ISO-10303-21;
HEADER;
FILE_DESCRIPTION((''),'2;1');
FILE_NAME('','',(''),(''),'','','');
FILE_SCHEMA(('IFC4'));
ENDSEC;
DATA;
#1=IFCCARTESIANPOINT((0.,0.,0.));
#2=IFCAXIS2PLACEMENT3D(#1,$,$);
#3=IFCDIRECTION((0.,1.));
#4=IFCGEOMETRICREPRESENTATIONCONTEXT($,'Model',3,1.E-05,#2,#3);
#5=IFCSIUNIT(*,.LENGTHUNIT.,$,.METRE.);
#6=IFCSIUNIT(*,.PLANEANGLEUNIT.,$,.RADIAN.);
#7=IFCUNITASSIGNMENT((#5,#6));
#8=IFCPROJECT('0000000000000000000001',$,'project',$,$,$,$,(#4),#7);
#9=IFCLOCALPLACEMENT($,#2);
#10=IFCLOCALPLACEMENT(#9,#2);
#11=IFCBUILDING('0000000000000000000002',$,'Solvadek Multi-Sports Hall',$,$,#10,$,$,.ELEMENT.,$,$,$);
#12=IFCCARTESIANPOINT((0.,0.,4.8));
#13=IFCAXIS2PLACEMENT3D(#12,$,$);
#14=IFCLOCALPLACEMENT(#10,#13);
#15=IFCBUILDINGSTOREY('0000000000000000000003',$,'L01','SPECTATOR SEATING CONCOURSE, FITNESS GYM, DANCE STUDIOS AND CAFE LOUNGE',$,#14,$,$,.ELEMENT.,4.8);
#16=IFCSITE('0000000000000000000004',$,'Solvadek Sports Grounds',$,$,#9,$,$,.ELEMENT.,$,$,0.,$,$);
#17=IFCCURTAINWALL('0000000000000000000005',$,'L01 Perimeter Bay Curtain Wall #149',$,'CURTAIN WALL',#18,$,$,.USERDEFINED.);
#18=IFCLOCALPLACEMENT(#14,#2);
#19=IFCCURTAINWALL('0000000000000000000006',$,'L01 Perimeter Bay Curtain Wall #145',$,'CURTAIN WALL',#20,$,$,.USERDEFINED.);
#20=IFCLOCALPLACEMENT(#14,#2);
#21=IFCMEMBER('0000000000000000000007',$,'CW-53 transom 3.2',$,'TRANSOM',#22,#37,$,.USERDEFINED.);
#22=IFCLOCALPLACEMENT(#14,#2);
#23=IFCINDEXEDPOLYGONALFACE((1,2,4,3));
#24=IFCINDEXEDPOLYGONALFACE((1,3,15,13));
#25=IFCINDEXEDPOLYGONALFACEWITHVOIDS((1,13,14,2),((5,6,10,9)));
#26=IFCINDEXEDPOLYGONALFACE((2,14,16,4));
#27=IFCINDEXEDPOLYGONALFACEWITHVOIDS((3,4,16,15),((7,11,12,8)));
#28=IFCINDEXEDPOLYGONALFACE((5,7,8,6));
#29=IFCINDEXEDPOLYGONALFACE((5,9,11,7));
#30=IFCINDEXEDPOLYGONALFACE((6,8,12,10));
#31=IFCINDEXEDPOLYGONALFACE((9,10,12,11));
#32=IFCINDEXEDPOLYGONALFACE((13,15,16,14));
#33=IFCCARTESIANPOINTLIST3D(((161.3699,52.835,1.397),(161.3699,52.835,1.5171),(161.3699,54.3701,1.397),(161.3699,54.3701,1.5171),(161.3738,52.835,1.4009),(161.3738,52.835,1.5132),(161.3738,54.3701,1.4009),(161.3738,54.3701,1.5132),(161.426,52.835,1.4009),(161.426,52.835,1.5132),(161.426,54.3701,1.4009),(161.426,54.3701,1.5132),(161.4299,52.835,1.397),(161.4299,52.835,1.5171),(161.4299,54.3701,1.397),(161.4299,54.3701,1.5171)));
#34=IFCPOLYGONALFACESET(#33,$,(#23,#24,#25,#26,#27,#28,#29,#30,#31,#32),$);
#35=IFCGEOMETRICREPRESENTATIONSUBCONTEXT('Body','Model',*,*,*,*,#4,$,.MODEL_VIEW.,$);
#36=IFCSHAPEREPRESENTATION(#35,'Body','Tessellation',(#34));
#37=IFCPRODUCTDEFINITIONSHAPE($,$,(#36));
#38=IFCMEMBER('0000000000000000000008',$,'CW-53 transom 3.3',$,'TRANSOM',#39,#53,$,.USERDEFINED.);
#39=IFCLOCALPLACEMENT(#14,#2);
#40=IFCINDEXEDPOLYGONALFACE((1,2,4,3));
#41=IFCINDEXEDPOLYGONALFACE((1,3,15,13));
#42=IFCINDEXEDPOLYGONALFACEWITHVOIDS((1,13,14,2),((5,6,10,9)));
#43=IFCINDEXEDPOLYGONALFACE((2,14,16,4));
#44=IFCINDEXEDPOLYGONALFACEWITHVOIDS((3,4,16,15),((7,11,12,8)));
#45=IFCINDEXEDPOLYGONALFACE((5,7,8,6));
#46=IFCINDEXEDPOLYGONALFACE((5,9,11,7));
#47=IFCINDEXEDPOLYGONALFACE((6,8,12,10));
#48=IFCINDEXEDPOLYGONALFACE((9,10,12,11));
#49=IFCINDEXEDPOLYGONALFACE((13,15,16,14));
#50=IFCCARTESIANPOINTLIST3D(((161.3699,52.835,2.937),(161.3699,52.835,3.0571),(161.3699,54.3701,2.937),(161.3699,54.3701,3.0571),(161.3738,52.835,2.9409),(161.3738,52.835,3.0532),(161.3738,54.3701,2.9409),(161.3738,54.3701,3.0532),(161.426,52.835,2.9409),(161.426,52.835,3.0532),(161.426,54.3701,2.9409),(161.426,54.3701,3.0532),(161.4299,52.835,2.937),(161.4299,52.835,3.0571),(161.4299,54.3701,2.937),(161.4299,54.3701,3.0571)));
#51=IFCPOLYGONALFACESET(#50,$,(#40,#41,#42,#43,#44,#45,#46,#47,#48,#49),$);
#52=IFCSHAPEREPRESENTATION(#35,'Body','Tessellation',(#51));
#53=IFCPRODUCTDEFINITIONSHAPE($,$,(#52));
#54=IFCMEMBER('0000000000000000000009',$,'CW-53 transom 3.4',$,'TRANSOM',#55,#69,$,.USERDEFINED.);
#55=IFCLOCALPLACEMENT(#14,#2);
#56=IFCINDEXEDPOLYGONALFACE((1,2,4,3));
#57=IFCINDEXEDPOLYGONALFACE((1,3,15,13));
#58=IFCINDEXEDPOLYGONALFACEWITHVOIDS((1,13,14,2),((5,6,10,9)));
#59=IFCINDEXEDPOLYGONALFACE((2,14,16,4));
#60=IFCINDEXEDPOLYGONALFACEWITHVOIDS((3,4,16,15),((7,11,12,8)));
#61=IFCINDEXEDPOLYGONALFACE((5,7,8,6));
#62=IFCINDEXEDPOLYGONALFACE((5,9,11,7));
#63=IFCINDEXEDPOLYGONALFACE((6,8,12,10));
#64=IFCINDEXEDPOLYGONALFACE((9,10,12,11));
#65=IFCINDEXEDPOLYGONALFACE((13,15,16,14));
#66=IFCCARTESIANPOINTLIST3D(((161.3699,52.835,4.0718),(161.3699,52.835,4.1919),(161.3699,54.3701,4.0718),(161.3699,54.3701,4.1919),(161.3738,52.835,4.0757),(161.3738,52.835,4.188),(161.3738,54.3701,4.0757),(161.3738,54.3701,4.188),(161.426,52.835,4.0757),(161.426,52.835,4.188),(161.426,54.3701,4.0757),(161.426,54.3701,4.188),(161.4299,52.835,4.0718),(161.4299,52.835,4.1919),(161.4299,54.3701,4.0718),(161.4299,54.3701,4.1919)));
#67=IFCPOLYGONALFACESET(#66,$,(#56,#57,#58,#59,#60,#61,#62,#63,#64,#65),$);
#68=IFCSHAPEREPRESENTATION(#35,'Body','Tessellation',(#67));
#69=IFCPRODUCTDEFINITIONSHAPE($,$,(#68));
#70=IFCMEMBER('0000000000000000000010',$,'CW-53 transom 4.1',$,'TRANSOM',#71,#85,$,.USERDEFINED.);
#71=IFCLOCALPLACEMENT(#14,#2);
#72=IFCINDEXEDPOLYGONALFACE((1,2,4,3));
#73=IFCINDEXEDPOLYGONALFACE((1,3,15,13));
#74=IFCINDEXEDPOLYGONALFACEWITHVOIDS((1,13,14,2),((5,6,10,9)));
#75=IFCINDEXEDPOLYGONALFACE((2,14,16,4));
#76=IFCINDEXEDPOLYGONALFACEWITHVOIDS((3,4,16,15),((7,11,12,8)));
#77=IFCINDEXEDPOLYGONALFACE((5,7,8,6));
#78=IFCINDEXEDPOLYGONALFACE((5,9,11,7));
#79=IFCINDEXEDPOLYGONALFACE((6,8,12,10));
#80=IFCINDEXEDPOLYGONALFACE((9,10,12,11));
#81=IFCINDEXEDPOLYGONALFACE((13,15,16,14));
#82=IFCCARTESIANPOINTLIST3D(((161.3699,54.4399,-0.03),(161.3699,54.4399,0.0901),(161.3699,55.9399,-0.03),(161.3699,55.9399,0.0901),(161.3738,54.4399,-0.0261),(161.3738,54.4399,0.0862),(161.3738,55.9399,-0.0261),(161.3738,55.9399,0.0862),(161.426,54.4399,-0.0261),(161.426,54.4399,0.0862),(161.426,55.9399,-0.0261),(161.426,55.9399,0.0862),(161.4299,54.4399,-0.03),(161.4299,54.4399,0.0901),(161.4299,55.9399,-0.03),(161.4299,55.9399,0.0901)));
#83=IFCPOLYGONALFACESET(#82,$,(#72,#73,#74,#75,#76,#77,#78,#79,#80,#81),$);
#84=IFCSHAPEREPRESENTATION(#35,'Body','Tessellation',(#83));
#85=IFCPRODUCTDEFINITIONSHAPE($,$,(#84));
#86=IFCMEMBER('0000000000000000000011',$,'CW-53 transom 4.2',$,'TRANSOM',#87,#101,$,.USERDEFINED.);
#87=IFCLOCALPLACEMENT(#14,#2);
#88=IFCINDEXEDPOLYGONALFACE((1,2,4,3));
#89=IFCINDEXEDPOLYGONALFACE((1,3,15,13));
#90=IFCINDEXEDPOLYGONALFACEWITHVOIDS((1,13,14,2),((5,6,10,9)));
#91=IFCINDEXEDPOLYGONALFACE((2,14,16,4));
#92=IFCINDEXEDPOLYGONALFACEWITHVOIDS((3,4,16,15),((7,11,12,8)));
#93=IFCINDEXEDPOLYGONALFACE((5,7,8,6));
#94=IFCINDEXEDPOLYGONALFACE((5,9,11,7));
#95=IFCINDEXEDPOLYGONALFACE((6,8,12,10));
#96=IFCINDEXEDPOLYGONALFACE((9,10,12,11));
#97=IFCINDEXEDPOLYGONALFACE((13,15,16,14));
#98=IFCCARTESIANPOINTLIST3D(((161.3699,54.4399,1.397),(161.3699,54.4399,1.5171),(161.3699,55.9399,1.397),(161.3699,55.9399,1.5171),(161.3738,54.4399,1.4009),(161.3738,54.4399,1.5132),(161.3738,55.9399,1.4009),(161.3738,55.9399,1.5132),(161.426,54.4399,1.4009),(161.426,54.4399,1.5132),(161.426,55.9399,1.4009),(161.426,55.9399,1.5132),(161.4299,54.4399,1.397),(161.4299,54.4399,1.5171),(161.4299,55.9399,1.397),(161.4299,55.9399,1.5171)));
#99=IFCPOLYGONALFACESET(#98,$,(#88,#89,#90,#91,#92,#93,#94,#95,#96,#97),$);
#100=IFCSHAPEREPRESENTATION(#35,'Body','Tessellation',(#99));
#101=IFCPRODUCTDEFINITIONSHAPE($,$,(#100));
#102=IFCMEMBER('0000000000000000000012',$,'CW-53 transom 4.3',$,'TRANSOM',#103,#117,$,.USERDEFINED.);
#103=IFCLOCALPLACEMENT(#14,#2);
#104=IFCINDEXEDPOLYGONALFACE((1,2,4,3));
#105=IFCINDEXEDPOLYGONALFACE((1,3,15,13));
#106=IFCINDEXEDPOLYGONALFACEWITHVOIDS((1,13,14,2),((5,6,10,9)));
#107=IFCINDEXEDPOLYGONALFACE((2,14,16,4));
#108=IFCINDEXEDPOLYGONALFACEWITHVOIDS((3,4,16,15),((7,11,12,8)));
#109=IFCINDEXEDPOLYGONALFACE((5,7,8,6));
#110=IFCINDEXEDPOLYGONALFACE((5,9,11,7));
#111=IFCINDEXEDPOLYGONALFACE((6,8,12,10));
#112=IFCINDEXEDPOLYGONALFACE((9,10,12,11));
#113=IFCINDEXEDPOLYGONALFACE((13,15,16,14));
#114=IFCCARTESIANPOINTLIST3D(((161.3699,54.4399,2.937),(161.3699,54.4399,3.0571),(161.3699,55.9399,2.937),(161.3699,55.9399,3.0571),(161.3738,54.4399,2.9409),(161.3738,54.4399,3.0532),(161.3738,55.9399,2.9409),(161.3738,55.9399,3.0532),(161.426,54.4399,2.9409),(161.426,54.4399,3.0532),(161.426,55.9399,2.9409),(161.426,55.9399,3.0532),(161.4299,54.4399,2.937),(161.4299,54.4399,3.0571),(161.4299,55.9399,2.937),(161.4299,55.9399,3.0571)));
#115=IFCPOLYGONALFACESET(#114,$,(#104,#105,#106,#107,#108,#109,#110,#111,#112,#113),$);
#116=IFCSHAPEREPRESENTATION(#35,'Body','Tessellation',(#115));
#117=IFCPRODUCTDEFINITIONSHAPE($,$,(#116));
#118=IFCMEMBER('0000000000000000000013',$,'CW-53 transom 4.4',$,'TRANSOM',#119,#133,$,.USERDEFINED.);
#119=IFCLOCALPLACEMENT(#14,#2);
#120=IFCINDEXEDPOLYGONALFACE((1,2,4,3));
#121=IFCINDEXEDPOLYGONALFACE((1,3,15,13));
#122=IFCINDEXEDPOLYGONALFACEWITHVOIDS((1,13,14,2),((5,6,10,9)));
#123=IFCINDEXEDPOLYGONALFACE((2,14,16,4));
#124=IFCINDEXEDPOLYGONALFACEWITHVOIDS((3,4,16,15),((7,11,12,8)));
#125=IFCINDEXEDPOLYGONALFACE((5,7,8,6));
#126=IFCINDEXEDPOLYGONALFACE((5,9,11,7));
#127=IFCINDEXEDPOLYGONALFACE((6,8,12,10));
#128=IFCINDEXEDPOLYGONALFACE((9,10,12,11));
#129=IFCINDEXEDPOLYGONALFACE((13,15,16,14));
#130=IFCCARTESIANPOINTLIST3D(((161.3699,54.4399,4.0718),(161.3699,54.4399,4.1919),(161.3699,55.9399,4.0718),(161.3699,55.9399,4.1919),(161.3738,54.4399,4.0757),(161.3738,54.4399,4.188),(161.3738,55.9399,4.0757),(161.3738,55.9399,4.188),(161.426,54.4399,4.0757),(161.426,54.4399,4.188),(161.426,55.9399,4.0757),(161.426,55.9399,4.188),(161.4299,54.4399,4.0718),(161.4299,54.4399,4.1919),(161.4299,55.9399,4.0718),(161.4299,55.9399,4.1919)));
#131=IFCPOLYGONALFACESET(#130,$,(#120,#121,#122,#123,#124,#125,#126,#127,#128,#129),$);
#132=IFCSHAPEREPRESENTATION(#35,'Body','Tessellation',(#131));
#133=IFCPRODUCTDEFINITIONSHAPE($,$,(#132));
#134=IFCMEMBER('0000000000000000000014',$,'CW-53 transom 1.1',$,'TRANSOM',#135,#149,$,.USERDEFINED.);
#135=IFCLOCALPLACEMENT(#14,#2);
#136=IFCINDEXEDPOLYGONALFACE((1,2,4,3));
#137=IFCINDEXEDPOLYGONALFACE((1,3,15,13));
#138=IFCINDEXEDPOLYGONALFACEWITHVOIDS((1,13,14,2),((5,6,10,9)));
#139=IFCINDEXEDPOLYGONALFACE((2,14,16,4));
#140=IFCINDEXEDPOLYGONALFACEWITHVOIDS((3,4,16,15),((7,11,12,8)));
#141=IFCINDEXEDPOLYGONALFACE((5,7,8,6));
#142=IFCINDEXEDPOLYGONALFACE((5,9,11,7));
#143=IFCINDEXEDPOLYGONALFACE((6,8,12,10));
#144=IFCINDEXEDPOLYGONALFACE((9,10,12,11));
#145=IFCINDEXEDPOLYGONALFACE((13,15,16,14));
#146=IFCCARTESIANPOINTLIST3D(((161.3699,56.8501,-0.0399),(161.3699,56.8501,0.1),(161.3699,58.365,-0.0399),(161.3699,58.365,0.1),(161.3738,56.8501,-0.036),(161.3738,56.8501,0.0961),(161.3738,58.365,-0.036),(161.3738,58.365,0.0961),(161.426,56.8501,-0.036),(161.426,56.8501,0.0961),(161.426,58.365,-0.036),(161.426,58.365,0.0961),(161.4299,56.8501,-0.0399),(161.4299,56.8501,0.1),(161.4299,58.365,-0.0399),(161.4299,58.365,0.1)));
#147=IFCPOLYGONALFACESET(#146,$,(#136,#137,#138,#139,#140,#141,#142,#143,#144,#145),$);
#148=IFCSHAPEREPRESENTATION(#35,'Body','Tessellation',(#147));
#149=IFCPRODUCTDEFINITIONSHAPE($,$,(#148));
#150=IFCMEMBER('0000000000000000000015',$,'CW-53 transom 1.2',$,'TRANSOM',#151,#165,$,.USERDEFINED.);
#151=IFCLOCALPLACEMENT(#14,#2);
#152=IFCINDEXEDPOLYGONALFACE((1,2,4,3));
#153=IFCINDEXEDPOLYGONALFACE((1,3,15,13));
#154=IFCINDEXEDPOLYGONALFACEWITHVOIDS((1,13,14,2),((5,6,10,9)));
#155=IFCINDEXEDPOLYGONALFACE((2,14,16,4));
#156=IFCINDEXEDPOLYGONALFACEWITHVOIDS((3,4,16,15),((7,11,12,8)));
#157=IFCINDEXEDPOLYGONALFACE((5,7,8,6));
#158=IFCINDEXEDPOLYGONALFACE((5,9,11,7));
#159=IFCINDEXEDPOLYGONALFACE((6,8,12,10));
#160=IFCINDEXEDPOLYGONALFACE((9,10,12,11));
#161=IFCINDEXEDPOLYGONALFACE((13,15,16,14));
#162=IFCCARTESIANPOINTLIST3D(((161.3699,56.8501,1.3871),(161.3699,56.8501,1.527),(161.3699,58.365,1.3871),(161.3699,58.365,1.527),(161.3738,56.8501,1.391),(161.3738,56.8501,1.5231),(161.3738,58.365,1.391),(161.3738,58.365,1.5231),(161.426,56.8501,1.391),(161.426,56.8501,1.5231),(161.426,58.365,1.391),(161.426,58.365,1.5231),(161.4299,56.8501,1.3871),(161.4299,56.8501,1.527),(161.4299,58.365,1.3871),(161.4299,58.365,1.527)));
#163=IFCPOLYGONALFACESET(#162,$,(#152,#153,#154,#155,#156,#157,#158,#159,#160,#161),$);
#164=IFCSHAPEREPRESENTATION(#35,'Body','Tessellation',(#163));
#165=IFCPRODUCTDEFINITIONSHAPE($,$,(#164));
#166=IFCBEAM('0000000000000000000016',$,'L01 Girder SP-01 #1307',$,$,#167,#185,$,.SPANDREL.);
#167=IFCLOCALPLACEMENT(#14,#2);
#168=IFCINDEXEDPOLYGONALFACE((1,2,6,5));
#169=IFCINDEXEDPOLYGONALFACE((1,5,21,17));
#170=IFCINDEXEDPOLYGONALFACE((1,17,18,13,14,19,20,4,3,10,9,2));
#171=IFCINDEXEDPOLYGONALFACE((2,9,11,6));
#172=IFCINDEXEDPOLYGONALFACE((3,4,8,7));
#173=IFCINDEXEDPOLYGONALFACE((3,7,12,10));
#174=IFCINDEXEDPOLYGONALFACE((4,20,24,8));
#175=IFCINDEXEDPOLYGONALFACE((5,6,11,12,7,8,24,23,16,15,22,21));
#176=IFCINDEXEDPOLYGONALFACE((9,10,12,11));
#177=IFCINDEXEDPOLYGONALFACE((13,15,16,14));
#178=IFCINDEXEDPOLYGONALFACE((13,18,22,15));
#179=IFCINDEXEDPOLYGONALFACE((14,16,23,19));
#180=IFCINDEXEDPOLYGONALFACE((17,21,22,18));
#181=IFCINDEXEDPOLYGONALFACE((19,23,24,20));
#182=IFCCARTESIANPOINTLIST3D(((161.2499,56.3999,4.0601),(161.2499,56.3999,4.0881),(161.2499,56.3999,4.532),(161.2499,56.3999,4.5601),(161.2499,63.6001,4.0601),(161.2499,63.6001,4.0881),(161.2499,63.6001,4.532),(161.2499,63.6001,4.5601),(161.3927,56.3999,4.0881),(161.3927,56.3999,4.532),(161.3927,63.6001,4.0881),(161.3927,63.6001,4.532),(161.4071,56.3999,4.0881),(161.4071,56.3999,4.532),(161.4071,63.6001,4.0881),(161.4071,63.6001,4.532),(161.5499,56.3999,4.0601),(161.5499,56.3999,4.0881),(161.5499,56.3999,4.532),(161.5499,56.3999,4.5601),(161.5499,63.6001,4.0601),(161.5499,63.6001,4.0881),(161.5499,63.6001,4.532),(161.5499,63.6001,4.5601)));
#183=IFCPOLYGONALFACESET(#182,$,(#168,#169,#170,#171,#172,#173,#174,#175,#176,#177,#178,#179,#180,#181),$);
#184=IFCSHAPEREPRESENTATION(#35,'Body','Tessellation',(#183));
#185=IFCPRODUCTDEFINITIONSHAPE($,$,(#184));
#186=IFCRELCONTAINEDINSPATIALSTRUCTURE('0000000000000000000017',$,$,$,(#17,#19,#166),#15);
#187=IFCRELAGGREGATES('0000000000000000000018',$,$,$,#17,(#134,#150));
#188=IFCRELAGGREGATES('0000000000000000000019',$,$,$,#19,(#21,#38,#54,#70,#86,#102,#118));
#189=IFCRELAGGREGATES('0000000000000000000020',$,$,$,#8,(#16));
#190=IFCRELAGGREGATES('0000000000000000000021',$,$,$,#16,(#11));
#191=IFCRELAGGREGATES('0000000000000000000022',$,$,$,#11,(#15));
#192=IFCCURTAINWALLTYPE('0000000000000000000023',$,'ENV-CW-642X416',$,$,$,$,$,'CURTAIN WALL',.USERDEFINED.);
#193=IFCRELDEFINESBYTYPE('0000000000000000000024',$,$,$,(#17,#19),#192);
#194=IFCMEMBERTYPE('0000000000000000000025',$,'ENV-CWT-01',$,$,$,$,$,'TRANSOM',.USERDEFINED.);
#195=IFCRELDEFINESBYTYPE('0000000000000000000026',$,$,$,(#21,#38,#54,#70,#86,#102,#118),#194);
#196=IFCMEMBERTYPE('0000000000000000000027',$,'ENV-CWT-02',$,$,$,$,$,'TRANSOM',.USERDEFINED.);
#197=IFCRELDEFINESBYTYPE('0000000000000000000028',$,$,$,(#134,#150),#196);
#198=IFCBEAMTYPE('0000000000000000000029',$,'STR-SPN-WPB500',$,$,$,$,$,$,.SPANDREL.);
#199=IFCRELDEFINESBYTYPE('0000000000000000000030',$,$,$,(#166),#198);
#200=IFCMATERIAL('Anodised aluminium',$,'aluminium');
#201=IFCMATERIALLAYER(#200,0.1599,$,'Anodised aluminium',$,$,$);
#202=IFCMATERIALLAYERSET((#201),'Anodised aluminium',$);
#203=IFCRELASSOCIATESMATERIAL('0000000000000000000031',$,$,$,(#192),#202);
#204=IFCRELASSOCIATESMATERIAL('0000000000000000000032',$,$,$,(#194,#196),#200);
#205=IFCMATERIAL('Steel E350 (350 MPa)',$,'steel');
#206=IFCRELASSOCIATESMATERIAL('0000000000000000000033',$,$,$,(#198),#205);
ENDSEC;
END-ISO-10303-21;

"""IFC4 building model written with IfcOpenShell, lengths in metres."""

from ifc_helpers import new_model, si_unit, direction, frame, origin, origin_2d, place, context, subcontext, project, spatial, hollow_rectangle, i_section, extrude, material, layer, layer_set, material_profile, profile_set, type_object, element, aggregate, save


model = new_model("IFC4")

# Units and contexts
model_context = context("Model", 3, precision=1e-05, world=origin(), true_north=direction((0.0, 1.0)))
body_context = subcontext(model_context, "Body", "Model", "MODEL_VIEW")
ifc_project = project(units=[si_unit("LENGTHUNIT", "METRE"), si_unit("PLANEANGLEUNIT", "RADIAN")], contexts=[model_context])

# Site, building, storey
site_placement = place(None, origin())
site = spatial("IfcSite", under=ifc_project, at=site_placement, Name="Solvadek Sports Grounds", CompositionType="ELEMENT", RefElevation=0.0)
building_placement = place(site_placement, origin())
building = spatial("IfcBuilding", under=site, at=building_placement, Name="Solvadek Multi-Sports Hall", CompositionType="ELEMENT")
storey_placement = place(building_placement, frame((0.0, 0.0, 4.8)))
storey = spatial("IfcBuildingStorey", under=building, at=storey_placement, Name="L01", Description="SPECTATOR SEATING CONCOURSE, FITNESS GYM, DANCE STUDIOS AND CAFE LOUNGE", CompositionType="ELEMENT", Elevation=4.8)

# Shared definitions
ifc_material_1 = material(Name="Steel E350 (350 MPa)", Category="steel")

# Curtain wall
ifc_material_2 = material(Name="Anodised aluminium", Category="aluminium")
ifc_layer_1 = layer(ifc_material_2, 0.1599, Name="Anodised aluminium")
ifc_layer_set_1 = layer_set([ifc_layer_1], Name="Anodised aluminium")
curtain_wall_type = type_object("IfcCurtainWallType", Name="ENV-CW-642X416", ElementType="CURTAIN WALL", PredefinedType="USERDEFINED", material=ifc_layer_set_1)
curtain_wall_1_placement = place(storey_placement, origin())
curtain_wall_1 = element("IfcCurtainWall", 1, at=curtain_wall_1_placement, inside=storey, type_object=curtain_wall_type, Name="L01 Perimeter Bay Curtain Wall #149", ObjectType="CURTAIN WALL", PredefinedType="USERDEFINED")

# Curtain wall, members
curtain_wall_2_placement = place(storey_placement, origin())
curtain_wall_2 = element("IfcCurtainWall", 2, at=curtain_wall_2_placement, inside=storey, type_object=curtain_wall_type, Name="L01 Perimeter Bay Curtain Wall #145", ObjectType="CURTAIN WALL", PredefinedType="USERDEFINED")
ifc_material_profile_1 = material_profile(ifc_material_2, hollow_rectangle(XDim=0.0601, YDim=0.1201, WallThickness=0.0039, at=origin_2d()), Name="ALU-T 120x60x4")
ifc_profile_set_1 = profile_set([ifc_material_profile_1], Name="Anodised aluminium")
member_type_1 = type_object("IfcMemberType", Name="ENV-CWT-01", ElementType="TRANSOM", PredefinedType="USERDEFINED", material=ifc_profile_set_1)
member_1_placement = place(storey_placement, frame((161.3999, 52.835, 1.457), z_axis=(0.0, 1.0, 0.0), x_axis=(-1.0, 0.0, 0.0)))
member_1 = element("IfcMember", 3, at=member_1_placement, type_object=member_type_1, Name="CW-53 transom 3.2", ObjectType="TRANSOM", PredefinedType="USERDEFINED", context=body_context, shape_type="SweptSolid", body=[
    extrude(hollow_rectangle(XDim=0.0601, YDim=0.1201, WallThickness=0.0039, at=origin_2d()), origin(), (0.0, 0.0, 1.0), 1.5352),
])
member_2_placement = place(storey_placement, frame((161.3999, 52.835, 2.9971), z_axis=(0.0, 1.0, 0.0), x_axis=(-1.0, 0.0, 0.0)))
member_2 = element("IfcMember", 4, at=member_2_placement, type_object=member_type_1, Name="CW-53 transom 3.3", ObjectType="TRANSOM", PredefinedType="USERDEFINED", context=body_context, shape_type="SweptSolid", body=[
    extrude(hollow_rectangle(XDim=0.0601, YDim=0.1201, WallThickness=0.0039, at=origin_2d()), origin(), (0.0, 0.0, 1.0), 1.5352),
])
member_3_placement = place(storey_placement, frame((161.3999, 52.835, 4.1318), z_axis=(0.0, 1.0, 0.0), x_axis=(-1.0, 0.0, 0.0)))
member_3 = element("IfcMember", 5, at=member_3_placement, type_object=member_type_1, Name="CW-53 transom 3.4", ObjectType="TRANSOM", PredefinedType="USERDEFINED", context=body_context, shape_type="SweptSolid", body=[
    extrude(hollow_rectangle(XDim=0.0601, YDim=0.1201, WallThickness=0.0039, at=origin_2d()), origin(), (0.0, 0.0, 1.0), 1.5352),
])
member_4_placement = place(storey_placement, frame((161.3999, 54.4399, 0.03), z_axis=(0.0, 1.0, 0.0), x_axis=(-1.0, 0.0, 0.0)))
member_4 = element("IfcMember", 6, at=member_4_placement, type_object=member_type_1, Name="CW-53 transom 4.1", ObjectType="TRANSOM", PredefinedType="USERDEFINED", context=body_context, shape_type="SweptSolid", body=[
    extrude(hollow_rectangle(XDim=0.0601, YDim=0.1201, WallThickness=0.0039, at=origin_2d()), origin(), (0.0, 0.0, 1.0), 1.5),
])
member_5_placement = place(storey_placement, frame((161.3999, 54.4399, 1.457), z_axis=(0.0, 1.0, 0.0), x_axis=(-1.0, 0.0, 0.0)))
member_5 = element("IfcMember", 7, at=member_5_placement, type_object=member_type_1, Name="CW-53 transom 4.2", ObjectType="TRANSOM", PredefinedType="USERDEFINED", context=body_context, shape_type="SweptSolid", body=[
    extrude(hollow_rectangle(XDim=0.0601, YDim=0.1201, WallThickness=0.0039, at=origin_2d()), origin(), (0.0, 0.0, 1.0), 1.5),
])
member_6_placement = place(storey_placement, frame((161.3999, 54.4399, 2.9971), z_axis=(0.0, 1.0, 0.0), x_axis=(-1.0, 0.0, 0.0)))
member_6 = element("IfcMember", 8, at=member_6_placement, type_object=member_type_1, Name="CW-53 transom 4.3", ObjectType="TRANSOM", PredefinedType="USERDEFINED", context=body_context, shape_type="SweptSolid", body=[
    extrude(hollow_rectangle(XDim=0.0601, YDim=0.1201, WallThickness=0.0039, at=origin_2d()), origin(), (0.0, 0.0, 1.0), 1.5),
])
member_7_placement = place(storey_placement, frame((161.3999, 54.4399, 4.1318), z_axis=(0.0, 1.0, 0.0), x_axis=(-1.0, 0.0, 0.0)))
member_7 = element("IfcMember", 9, at=member_7_placement, type_object=member_type_1, Name="CW-53 transom 4.4", ObjectType="TRANSOM", PredefinedType="USERDEFINED", context=body_context, shape_type="SweptSolid", body=[
    extrude(hollow_rectangle(XDim=0.0601, YDim=0.1201, WallThickness=0.0039, at=origin_2d()), origin(), (0.0, 0.0, 1.0), 1.5),
])

# Members
ifc_material_profile_2 = material_profile(ifc_material_2, hollow_rectangle(XDim=0.0601, YDim=0.1399, WallThickness=0.0039, at=origin_2d()), Name="ALU-T 140x60x4")
ifc_profile_set_2 = profile_set([ifc_material_profile_2], Name="Anodised aluminium")
member_type_2 = type_object("IfcMemberType", Name="ENV-CWT-02", ElementType="TRANSOM", PredefinedType="USERDEFINED", material=ifc_profile_set_2)
member_8_placement = place(storey_placement, frame((161.3999, 56.8501, 0.03), z_axis=(0.0, 1.0, 0.0), x_axis=(-1.0, 0.0, 0.0)))
member_8 = element("IfcMember", 10, at=member_8_placement, type_object=member_type_2, Name="CW-53 transom 1.1", ObjectType="TRANSOM", PredefinedType="USERDEFINED", context=body_context, shape_type="SweptSolid", body=[
    extrude(hollow_rectangle(XDim=0.0601, YDim=0.1399, WallThickness=0.0039, at=origin_2d()), origin(), (0.0, 0.0, 1.0), 1.5149),
])
member_9_placement = place(storey_placement, frame((161.3999, 56.8501, 1.457), z_axis=(0.0, 1.0, 0.0), x_axis=(-1.0, 0.0, 0.0)))
member_9 = element("IfcMember", 11, at=member_9_placement, type_object=member_type_2, Name="CW-53 transom 1.2", ObjectType="TRANSOM", PredefinedType="USERDEFINED", context=body_context, shape_type="SweptSolid", body=[
    extrude(hollow_rectangle(XDim=0.0601, YDim=0.1399, WallThickness=0.0039, at=origin_2d()), origin(), (0.0, 0.0, 1.0), 1.5149),
])
aggregate(curtain_wall_1, [member_8, member_9])

# Beam
ifc_material_profile_3 = material_profile(ifc_material_1, i_section(OverallWidth=0.3, OverallDepth=0.5, WebThickness=0.0144, FlangeThickness=0.0281, at=origin_2d()), Name="WPB 500")
ifc_profile_set_3 = profile_set([ifc_material_profile_3], Name="Steel E350 (350 MPa)")
beam_type = type_object("IfcBeamType", Name="STR-SPN-WPB500", PredefinedType="SPANDREL", material=ifc_profile_set_3)
beam_placement = place(storey_placement, frame((161.3999, 56.3999, 4.3101), z_axis=(0.0, 1.0, 0.0), x_axis=(-1.0, 0.0, 0.0)))
element("IfcBeam", 12, at=beam_placement, inside=storey, type_object=beam_type, Name="L01 Girder SP-01 #1307", PredefinedType="SPANDREL", context=body_context, shape_type="SweptSolid", body=[
    extrude(i_section(OverallWidth=0.3, OverallDepth=0.5, WebThickness=0.0144, FlangeThickness=0.0281, at=origin_2d()), origin(), (0.0, 0.0, 1.0), 7.2002),
])

aggregate(curtain_wall_2, [member_1, member_2, member_3, member_4, member_5, member_6, member_7])

save(model, "model.ifc")
